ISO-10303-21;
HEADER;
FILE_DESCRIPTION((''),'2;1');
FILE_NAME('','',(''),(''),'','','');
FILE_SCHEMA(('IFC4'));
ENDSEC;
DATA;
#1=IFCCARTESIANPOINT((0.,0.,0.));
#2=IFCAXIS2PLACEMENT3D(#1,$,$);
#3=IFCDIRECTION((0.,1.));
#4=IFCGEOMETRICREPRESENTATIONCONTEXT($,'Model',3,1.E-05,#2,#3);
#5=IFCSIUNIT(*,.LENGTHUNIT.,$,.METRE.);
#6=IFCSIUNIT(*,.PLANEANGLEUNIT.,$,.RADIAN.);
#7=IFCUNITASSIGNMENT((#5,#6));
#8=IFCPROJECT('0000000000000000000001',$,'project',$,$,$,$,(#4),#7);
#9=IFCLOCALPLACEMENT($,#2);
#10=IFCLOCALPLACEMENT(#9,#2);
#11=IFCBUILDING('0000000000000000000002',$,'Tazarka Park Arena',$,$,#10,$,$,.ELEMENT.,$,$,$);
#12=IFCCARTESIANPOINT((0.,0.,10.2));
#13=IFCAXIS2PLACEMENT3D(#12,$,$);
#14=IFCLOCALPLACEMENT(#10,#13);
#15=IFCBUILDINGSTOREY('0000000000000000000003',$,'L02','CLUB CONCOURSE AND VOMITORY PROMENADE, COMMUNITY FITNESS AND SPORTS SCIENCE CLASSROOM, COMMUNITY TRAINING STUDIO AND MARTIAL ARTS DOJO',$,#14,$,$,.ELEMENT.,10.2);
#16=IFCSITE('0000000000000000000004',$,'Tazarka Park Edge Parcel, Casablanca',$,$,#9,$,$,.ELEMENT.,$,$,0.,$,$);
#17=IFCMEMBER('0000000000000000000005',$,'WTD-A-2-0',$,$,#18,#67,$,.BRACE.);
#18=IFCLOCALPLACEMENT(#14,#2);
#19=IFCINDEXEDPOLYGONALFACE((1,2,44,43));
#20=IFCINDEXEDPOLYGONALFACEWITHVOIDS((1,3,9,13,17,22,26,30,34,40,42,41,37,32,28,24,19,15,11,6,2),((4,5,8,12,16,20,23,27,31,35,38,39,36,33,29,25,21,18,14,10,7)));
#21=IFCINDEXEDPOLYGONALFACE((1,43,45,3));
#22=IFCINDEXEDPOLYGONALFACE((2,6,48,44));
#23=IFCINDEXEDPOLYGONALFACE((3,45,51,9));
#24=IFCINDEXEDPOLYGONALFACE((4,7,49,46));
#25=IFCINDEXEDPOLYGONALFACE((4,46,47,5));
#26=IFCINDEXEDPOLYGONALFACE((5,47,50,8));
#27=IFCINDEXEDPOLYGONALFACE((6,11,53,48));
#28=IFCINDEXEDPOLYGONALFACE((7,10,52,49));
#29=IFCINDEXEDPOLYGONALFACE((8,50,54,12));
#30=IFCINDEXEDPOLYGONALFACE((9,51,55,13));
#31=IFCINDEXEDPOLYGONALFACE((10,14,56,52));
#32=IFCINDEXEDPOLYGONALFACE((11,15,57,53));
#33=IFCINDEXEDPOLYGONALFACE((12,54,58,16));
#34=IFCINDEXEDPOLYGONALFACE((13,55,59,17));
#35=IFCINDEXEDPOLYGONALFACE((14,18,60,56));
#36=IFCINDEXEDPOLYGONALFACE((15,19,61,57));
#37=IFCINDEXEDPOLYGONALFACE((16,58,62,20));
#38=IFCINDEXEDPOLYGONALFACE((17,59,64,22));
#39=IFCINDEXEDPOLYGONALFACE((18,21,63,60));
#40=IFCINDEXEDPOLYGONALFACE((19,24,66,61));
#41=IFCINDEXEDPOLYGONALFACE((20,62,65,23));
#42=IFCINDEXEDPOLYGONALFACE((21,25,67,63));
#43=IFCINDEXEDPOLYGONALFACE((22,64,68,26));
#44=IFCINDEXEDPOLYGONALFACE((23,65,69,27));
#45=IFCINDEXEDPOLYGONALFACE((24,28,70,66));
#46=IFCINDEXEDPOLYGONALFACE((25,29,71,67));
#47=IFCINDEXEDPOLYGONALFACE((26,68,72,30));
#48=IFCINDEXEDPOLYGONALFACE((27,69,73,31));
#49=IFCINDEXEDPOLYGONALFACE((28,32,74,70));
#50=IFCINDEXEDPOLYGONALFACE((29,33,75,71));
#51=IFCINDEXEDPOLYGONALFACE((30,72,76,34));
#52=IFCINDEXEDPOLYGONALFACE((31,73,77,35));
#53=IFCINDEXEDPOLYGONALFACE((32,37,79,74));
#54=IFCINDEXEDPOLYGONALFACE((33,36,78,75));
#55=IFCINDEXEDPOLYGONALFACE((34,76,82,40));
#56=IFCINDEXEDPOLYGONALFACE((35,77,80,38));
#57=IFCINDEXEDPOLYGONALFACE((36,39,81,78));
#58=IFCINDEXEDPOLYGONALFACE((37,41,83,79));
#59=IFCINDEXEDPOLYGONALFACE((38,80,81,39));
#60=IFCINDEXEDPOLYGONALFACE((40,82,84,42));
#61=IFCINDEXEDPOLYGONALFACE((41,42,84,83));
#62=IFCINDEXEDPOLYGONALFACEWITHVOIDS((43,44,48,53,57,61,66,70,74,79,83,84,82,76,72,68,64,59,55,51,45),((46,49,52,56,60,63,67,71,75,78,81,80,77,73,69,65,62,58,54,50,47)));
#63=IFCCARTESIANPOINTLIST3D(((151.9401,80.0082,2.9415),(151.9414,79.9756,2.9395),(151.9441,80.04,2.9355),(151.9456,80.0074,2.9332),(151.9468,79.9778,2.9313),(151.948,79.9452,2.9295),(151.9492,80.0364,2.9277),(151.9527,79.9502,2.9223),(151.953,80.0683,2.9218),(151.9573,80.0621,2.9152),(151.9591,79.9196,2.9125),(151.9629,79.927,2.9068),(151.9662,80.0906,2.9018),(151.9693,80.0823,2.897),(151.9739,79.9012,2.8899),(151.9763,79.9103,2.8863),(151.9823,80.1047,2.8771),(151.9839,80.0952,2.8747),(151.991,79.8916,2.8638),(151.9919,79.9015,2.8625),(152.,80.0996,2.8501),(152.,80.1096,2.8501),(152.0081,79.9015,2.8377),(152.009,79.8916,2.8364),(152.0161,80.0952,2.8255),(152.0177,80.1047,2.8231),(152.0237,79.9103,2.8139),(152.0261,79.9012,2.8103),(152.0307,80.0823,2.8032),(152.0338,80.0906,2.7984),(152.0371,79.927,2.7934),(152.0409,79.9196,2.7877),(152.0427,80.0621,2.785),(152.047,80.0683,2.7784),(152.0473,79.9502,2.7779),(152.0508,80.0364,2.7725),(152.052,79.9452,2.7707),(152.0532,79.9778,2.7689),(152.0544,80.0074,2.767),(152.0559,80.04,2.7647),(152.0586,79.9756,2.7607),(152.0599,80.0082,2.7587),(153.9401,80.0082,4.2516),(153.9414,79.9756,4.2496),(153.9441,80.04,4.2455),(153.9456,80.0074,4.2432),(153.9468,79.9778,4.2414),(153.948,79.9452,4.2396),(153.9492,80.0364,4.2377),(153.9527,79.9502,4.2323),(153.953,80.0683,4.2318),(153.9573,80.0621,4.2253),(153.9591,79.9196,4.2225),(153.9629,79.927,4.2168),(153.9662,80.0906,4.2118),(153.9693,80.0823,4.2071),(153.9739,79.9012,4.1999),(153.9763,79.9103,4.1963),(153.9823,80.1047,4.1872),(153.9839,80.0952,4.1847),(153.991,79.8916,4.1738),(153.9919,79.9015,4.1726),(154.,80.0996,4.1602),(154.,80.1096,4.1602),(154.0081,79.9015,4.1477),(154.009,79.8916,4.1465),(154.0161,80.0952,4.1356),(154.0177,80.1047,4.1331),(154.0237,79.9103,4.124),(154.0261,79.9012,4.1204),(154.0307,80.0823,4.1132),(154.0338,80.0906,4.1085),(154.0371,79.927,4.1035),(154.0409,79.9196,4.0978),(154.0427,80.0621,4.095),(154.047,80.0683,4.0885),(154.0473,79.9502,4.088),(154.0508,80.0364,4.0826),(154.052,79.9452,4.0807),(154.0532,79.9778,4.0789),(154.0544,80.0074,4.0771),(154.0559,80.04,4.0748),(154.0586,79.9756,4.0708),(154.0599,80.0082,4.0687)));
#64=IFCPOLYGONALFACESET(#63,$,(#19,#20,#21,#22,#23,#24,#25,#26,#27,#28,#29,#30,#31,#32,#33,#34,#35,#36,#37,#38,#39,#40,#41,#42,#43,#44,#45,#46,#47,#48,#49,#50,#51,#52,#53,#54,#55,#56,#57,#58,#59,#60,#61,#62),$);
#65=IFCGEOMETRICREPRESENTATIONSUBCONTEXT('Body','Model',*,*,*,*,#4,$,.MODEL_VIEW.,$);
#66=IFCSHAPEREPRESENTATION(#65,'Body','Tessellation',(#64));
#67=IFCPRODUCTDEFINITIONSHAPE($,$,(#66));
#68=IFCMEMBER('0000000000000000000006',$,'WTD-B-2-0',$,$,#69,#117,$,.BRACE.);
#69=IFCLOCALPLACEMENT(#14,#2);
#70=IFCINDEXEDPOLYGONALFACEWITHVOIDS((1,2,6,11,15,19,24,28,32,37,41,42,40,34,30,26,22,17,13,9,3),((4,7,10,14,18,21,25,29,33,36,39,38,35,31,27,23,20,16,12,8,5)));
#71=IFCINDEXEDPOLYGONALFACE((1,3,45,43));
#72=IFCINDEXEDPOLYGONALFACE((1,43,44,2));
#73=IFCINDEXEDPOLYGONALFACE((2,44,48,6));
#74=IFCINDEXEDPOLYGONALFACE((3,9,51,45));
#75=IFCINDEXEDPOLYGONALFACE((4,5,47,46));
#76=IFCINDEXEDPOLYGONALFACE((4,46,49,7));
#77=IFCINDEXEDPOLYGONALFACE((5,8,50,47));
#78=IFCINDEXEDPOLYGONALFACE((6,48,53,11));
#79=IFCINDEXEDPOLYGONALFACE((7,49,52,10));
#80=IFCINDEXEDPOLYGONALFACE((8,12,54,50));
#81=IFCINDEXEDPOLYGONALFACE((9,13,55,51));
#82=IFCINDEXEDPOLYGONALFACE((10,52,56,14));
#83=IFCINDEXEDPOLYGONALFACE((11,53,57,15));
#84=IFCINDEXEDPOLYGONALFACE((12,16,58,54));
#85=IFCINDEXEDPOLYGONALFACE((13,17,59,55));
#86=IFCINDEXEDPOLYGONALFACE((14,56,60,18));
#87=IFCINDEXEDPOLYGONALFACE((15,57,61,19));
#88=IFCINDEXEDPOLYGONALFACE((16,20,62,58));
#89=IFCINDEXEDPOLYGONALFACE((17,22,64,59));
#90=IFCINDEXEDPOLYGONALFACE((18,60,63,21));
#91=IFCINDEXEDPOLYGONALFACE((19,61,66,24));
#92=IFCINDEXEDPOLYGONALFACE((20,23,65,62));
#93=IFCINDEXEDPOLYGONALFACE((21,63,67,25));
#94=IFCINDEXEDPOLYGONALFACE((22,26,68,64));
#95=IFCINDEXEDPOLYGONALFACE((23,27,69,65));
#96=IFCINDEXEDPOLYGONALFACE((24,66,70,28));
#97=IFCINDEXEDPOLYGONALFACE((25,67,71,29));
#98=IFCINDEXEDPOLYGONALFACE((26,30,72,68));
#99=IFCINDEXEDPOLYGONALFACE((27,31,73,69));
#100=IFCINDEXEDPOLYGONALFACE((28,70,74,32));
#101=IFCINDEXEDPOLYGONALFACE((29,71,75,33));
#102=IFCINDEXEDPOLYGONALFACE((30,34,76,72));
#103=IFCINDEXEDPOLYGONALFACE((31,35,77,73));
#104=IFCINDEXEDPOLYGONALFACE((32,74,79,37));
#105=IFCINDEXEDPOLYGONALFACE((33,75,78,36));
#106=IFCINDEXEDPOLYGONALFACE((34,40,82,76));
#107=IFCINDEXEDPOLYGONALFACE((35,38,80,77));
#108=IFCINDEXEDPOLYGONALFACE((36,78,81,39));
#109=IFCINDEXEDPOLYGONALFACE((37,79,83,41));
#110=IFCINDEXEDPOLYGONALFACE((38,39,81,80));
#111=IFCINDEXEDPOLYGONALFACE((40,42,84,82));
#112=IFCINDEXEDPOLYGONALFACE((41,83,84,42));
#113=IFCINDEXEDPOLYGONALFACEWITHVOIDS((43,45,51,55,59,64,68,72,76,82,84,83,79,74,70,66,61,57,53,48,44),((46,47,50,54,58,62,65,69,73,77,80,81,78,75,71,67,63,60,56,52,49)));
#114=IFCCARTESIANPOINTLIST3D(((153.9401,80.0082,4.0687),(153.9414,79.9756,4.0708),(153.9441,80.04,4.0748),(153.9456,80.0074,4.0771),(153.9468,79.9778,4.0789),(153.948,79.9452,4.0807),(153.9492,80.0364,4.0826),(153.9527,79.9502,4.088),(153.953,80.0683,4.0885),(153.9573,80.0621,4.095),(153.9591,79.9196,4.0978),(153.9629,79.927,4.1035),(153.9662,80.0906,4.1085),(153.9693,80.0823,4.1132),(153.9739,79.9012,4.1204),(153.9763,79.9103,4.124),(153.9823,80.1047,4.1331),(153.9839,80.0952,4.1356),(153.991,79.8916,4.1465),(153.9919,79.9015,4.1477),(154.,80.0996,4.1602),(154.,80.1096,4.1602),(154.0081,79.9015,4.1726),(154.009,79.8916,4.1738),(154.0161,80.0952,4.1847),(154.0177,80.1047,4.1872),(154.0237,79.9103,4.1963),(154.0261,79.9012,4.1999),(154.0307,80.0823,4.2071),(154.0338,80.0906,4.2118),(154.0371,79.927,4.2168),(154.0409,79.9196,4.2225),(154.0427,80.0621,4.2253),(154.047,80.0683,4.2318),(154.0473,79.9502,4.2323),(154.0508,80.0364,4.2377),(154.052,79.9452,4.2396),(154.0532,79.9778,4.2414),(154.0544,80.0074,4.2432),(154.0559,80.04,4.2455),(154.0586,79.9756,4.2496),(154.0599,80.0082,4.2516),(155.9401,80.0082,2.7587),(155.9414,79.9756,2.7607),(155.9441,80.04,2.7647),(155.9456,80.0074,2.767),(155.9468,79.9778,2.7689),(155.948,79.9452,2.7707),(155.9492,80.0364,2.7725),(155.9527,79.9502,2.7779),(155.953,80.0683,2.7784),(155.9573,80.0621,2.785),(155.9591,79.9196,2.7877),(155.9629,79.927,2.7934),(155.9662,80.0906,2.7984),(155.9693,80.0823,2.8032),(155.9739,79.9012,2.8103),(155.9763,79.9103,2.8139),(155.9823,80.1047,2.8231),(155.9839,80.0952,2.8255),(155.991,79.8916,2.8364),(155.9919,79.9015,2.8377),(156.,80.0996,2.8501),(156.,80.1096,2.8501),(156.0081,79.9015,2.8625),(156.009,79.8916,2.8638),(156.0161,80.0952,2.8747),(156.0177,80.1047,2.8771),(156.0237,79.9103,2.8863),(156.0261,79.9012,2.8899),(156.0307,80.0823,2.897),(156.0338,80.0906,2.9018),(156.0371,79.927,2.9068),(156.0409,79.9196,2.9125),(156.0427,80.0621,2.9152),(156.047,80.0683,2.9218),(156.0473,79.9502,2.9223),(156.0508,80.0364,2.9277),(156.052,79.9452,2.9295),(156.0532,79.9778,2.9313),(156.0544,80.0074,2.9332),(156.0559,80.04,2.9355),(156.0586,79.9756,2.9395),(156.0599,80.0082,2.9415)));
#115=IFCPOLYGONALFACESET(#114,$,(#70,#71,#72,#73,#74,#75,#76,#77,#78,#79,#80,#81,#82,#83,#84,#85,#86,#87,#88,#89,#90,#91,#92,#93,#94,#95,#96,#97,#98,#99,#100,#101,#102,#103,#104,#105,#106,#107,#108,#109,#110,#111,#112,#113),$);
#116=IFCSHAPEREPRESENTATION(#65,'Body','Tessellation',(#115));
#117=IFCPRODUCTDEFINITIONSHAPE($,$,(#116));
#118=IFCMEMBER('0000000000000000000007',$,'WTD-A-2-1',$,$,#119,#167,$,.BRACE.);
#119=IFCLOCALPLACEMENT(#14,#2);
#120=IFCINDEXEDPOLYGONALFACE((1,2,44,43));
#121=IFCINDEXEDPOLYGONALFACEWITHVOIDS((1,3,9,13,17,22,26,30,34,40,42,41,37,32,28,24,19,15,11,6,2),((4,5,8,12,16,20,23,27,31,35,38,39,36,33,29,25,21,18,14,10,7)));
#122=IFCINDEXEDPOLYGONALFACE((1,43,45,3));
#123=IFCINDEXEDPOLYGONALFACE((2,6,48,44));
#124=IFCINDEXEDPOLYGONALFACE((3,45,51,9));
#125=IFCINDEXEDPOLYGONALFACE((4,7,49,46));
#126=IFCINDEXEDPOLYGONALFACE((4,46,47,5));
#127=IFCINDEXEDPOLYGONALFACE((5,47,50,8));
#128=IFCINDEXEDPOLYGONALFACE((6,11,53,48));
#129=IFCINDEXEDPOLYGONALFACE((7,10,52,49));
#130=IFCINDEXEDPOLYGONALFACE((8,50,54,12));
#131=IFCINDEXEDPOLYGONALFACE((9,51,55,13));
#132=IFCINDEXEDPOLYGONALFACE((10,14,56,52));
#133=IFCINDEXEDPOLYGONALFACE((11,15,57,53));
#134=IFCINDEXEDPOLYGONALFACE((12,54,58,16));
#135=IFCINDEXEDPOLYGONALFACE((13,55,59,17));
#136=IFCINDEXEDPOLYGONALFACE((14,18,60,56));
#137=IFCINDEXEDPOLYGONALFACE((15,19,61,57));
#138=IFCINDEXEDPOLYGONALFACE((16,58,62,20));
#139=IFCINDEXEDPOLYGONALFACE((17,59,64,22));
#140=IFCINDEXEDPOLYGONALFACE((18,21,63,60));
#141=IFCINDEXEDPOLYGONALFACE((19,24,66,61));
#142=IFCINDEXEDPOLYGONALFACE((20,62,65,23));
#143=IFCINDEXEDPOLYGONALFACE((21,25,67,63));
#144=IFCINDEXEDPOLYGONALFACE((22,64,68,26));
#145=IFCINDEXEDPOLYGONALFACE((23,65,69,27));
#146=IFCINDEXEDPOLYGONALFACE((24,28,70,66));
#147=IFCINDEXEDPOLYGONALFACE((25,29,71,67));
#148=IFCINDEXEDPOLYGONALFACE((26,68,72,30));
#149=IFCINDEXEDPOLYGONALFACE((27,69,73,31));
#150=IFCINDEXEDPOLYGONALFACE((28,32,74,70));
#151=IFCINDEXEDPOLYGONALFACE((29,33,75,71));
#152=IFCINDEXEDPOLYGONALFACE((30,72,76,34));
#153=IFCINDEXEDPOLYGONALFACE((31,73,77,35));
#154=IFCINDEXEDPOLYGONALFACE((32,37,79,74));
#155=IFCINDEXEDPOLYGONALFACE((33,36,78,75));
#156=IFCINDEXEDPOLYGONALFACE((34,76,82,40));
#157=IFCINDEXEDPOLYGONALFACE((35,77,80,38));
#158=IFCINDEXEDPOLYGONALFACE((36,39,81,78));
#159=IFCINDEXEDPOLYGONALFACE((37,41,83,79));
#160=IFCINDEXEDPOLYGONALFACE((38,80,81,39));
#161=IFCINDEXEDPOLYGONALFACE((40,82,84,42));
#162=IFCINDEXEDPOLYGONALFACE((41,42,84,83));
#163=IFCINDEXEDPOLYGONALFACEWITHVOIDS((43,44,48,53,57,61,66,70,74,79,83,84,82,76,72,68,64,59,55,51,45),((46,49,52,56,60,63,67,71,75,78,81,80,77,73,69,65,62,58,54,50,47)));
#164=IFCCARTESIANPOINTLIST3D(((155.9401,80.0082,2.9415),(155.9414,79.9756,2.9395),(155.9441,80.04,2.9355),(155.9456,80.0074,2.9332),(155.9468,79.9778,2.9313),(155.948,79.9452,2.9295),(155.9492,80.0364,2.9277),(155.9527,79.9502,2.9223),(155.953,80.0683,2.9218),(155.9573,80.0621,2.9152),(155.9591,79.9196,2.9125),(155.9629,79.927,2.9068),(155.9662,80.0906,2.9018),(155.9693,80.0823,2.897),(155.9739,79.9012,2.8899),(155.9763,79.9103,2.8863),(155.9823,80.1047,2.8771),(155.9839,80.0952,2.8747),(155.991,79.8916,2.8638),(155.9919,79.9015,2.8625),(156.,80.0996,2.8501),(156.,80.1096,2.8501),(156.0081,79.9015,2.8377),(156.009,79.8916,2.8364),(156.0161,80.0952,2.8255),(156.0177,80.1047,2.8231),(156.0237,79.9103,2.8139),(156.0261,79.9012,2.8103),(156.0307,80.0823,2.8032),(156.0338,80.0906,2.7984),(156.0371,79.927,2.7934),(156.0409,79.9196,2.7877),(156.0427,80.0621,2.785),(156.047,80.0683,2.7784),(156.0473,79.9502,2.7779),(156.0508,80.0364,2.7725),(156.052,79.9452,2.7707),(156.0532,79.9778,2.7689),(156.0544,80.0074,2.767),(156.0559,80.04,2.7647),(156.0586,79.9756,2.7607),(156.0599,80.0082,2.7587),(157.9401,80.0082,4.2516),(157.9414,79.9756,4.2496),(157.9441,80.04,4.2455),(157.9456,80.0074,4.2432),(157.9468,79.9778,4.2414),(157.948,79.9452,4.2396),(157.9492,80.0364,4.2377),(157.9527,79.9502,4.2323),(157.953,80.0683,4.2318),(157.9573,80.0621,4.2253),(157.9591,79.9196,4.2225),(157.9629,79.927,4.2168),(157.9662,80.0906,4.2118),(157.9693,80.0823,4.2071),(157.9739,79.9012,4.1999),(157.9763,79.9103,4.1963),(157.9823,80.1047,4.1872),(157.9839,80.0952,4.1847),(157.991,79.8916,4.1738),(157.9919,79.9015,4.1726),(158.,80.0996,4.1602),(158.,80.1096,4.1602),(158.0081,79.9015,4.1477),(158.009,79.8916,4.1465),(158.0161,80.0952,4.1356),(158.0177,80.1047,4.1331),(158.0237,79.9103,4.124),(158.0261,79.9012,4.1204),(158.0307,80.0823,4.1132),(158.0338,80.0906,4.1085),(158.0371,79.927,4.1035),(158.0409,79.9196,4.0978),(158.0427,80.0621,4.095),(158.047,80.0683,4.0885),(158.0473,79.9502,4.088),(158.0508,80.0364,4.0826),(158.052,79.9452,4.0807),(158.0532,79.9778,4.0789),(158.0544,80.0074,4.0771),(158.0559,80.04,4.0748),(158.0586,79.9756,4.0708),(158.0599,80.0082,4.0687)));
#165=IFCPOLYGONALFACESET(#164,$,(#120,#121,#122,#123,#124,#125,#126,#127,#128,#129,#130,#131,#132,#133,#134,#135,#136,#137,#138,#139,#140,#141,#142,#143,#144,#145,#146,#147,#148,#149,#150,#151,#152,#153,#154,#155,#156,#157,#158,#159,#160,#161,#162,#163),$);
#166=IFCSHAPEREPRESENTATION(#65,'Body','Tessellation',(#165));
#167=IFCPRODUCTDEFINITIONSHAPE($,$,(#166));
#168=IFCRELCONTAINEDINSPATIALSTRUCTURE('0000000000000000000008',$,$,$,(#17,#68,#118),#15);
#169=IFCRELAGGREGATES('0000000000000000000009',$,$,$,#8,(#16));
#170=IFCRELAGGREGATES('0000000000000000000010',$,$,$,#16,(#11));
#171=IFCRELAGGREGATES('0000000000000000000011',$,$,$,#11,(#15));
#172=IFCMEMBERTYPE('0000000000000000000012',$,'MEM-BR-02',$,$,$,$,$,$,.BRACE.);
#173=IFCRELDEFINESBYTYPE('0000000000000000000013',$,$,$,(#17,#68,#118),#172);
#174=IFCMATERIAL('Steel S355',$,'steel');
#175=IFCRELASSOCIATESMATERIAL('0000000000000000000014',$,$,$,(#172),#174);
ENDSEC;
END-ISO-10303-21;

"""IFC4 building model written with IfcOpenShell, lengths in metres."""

from ifc_helpers import new_model, si_unit, direction, frame, origin, origin_2d, place, context, subcontext, project, spatial, hollow_circle, extrude, material, material_profile, profile_set, type_object, element, save


model = new_model("IFC4")

# Units and contexts
model_context = context("Model", 3, precision=1e-05, world=origin(), true_north=direction((0.0, 1.0)))
body_context = subcontext(model_context, "Body", "Model", "MODEL_VIEW")
ifc_project = project(units=[si_unit("LENGTHUNIT", "METRE"), si_unit("PLANEANGLEUNIT", "RADIAN")], contexts=[model_context])

# Site, building, storey
site_placement = place(None, origin())
site = spatial("IfcSite", under=ifc_project, at=site_placement, Name="Tazarka Park Edge Parcel, Casablanca", CompositionType="ELEMENT", RefElevation=0.0)
building_placement = place(site_placement, origin())
building = spatial("IfcBuilding", under=site, at=building_placement, Name="Tazarka Park Arena", CompositionType="ELEMENT")
storey_placement = place(building_placement, frame((0.0, 0.0, 10.2)))
storey = spatial("IfcBuildingStorey", under=building, at=storey_placement, Name="L02", Description="CLUB CONCOURSE AND VOMITORY PROMENADE, COMMUNITY FITNESS AND SPORTS SCIENCE CLASSROOM, COMMUNITY TRAINING STUDIO AND MARTIAL ARTS DOJO", CompositionType="ELEMENT", Elevation=10.2)

# Members
ifc_material_1 = material(Name="Steel S355", Category="steel")
ifc_material_profile_1 = material_profile(ifc_material_1, hollow_circle(Radius=0.1096, WallThickness=0.01, at=origin_2d()), Name="Steel S355")
ifc_profile_set_1 = profile_set([ifc_material_profile_1], Name="Steel S355")
member_type_1 = type_object("IfcMemberType", Name="MEM-BR-02", PredefinedType="BRACE", material=ifc_profile_set_1)
for number, where, z_axis, x_axis, name in (
    (1, (152.0, 80.0, 2.8501), (0.836516, 0.0, 0.547942), (0.0, 1.0, 0.0), "WTD-A-2-0"),
    (2, (154.0, 80.0, 4.1602), (0.836516, 0.0, -0.547942), (0.0, 1.0, 0.0), "WTD-B-2-0"),
    (3, (156.0, 80.0, 2.8501), (0.836516, 0.0, 0.547942), (0.0, 1.0, 0.0), "WTD-A-2-1"),
):
    element("IfcMember", number, at=place(storey_placement, frame(where, z_axis=z_axis, x_axis=x_axis)), inside=storey, type_object=member_type_1, Name=name, PredefinedType="BRACE", context=body_context, shape_type="SweptSolid", body=[
        extrude(hollow_circle(Radius=0.1096, WallThickness=0.01, at=origin_2d()), origin(), (0.0, 0.0, 1.0), 2.3909),
    ])

save(model, "model.ifc")
